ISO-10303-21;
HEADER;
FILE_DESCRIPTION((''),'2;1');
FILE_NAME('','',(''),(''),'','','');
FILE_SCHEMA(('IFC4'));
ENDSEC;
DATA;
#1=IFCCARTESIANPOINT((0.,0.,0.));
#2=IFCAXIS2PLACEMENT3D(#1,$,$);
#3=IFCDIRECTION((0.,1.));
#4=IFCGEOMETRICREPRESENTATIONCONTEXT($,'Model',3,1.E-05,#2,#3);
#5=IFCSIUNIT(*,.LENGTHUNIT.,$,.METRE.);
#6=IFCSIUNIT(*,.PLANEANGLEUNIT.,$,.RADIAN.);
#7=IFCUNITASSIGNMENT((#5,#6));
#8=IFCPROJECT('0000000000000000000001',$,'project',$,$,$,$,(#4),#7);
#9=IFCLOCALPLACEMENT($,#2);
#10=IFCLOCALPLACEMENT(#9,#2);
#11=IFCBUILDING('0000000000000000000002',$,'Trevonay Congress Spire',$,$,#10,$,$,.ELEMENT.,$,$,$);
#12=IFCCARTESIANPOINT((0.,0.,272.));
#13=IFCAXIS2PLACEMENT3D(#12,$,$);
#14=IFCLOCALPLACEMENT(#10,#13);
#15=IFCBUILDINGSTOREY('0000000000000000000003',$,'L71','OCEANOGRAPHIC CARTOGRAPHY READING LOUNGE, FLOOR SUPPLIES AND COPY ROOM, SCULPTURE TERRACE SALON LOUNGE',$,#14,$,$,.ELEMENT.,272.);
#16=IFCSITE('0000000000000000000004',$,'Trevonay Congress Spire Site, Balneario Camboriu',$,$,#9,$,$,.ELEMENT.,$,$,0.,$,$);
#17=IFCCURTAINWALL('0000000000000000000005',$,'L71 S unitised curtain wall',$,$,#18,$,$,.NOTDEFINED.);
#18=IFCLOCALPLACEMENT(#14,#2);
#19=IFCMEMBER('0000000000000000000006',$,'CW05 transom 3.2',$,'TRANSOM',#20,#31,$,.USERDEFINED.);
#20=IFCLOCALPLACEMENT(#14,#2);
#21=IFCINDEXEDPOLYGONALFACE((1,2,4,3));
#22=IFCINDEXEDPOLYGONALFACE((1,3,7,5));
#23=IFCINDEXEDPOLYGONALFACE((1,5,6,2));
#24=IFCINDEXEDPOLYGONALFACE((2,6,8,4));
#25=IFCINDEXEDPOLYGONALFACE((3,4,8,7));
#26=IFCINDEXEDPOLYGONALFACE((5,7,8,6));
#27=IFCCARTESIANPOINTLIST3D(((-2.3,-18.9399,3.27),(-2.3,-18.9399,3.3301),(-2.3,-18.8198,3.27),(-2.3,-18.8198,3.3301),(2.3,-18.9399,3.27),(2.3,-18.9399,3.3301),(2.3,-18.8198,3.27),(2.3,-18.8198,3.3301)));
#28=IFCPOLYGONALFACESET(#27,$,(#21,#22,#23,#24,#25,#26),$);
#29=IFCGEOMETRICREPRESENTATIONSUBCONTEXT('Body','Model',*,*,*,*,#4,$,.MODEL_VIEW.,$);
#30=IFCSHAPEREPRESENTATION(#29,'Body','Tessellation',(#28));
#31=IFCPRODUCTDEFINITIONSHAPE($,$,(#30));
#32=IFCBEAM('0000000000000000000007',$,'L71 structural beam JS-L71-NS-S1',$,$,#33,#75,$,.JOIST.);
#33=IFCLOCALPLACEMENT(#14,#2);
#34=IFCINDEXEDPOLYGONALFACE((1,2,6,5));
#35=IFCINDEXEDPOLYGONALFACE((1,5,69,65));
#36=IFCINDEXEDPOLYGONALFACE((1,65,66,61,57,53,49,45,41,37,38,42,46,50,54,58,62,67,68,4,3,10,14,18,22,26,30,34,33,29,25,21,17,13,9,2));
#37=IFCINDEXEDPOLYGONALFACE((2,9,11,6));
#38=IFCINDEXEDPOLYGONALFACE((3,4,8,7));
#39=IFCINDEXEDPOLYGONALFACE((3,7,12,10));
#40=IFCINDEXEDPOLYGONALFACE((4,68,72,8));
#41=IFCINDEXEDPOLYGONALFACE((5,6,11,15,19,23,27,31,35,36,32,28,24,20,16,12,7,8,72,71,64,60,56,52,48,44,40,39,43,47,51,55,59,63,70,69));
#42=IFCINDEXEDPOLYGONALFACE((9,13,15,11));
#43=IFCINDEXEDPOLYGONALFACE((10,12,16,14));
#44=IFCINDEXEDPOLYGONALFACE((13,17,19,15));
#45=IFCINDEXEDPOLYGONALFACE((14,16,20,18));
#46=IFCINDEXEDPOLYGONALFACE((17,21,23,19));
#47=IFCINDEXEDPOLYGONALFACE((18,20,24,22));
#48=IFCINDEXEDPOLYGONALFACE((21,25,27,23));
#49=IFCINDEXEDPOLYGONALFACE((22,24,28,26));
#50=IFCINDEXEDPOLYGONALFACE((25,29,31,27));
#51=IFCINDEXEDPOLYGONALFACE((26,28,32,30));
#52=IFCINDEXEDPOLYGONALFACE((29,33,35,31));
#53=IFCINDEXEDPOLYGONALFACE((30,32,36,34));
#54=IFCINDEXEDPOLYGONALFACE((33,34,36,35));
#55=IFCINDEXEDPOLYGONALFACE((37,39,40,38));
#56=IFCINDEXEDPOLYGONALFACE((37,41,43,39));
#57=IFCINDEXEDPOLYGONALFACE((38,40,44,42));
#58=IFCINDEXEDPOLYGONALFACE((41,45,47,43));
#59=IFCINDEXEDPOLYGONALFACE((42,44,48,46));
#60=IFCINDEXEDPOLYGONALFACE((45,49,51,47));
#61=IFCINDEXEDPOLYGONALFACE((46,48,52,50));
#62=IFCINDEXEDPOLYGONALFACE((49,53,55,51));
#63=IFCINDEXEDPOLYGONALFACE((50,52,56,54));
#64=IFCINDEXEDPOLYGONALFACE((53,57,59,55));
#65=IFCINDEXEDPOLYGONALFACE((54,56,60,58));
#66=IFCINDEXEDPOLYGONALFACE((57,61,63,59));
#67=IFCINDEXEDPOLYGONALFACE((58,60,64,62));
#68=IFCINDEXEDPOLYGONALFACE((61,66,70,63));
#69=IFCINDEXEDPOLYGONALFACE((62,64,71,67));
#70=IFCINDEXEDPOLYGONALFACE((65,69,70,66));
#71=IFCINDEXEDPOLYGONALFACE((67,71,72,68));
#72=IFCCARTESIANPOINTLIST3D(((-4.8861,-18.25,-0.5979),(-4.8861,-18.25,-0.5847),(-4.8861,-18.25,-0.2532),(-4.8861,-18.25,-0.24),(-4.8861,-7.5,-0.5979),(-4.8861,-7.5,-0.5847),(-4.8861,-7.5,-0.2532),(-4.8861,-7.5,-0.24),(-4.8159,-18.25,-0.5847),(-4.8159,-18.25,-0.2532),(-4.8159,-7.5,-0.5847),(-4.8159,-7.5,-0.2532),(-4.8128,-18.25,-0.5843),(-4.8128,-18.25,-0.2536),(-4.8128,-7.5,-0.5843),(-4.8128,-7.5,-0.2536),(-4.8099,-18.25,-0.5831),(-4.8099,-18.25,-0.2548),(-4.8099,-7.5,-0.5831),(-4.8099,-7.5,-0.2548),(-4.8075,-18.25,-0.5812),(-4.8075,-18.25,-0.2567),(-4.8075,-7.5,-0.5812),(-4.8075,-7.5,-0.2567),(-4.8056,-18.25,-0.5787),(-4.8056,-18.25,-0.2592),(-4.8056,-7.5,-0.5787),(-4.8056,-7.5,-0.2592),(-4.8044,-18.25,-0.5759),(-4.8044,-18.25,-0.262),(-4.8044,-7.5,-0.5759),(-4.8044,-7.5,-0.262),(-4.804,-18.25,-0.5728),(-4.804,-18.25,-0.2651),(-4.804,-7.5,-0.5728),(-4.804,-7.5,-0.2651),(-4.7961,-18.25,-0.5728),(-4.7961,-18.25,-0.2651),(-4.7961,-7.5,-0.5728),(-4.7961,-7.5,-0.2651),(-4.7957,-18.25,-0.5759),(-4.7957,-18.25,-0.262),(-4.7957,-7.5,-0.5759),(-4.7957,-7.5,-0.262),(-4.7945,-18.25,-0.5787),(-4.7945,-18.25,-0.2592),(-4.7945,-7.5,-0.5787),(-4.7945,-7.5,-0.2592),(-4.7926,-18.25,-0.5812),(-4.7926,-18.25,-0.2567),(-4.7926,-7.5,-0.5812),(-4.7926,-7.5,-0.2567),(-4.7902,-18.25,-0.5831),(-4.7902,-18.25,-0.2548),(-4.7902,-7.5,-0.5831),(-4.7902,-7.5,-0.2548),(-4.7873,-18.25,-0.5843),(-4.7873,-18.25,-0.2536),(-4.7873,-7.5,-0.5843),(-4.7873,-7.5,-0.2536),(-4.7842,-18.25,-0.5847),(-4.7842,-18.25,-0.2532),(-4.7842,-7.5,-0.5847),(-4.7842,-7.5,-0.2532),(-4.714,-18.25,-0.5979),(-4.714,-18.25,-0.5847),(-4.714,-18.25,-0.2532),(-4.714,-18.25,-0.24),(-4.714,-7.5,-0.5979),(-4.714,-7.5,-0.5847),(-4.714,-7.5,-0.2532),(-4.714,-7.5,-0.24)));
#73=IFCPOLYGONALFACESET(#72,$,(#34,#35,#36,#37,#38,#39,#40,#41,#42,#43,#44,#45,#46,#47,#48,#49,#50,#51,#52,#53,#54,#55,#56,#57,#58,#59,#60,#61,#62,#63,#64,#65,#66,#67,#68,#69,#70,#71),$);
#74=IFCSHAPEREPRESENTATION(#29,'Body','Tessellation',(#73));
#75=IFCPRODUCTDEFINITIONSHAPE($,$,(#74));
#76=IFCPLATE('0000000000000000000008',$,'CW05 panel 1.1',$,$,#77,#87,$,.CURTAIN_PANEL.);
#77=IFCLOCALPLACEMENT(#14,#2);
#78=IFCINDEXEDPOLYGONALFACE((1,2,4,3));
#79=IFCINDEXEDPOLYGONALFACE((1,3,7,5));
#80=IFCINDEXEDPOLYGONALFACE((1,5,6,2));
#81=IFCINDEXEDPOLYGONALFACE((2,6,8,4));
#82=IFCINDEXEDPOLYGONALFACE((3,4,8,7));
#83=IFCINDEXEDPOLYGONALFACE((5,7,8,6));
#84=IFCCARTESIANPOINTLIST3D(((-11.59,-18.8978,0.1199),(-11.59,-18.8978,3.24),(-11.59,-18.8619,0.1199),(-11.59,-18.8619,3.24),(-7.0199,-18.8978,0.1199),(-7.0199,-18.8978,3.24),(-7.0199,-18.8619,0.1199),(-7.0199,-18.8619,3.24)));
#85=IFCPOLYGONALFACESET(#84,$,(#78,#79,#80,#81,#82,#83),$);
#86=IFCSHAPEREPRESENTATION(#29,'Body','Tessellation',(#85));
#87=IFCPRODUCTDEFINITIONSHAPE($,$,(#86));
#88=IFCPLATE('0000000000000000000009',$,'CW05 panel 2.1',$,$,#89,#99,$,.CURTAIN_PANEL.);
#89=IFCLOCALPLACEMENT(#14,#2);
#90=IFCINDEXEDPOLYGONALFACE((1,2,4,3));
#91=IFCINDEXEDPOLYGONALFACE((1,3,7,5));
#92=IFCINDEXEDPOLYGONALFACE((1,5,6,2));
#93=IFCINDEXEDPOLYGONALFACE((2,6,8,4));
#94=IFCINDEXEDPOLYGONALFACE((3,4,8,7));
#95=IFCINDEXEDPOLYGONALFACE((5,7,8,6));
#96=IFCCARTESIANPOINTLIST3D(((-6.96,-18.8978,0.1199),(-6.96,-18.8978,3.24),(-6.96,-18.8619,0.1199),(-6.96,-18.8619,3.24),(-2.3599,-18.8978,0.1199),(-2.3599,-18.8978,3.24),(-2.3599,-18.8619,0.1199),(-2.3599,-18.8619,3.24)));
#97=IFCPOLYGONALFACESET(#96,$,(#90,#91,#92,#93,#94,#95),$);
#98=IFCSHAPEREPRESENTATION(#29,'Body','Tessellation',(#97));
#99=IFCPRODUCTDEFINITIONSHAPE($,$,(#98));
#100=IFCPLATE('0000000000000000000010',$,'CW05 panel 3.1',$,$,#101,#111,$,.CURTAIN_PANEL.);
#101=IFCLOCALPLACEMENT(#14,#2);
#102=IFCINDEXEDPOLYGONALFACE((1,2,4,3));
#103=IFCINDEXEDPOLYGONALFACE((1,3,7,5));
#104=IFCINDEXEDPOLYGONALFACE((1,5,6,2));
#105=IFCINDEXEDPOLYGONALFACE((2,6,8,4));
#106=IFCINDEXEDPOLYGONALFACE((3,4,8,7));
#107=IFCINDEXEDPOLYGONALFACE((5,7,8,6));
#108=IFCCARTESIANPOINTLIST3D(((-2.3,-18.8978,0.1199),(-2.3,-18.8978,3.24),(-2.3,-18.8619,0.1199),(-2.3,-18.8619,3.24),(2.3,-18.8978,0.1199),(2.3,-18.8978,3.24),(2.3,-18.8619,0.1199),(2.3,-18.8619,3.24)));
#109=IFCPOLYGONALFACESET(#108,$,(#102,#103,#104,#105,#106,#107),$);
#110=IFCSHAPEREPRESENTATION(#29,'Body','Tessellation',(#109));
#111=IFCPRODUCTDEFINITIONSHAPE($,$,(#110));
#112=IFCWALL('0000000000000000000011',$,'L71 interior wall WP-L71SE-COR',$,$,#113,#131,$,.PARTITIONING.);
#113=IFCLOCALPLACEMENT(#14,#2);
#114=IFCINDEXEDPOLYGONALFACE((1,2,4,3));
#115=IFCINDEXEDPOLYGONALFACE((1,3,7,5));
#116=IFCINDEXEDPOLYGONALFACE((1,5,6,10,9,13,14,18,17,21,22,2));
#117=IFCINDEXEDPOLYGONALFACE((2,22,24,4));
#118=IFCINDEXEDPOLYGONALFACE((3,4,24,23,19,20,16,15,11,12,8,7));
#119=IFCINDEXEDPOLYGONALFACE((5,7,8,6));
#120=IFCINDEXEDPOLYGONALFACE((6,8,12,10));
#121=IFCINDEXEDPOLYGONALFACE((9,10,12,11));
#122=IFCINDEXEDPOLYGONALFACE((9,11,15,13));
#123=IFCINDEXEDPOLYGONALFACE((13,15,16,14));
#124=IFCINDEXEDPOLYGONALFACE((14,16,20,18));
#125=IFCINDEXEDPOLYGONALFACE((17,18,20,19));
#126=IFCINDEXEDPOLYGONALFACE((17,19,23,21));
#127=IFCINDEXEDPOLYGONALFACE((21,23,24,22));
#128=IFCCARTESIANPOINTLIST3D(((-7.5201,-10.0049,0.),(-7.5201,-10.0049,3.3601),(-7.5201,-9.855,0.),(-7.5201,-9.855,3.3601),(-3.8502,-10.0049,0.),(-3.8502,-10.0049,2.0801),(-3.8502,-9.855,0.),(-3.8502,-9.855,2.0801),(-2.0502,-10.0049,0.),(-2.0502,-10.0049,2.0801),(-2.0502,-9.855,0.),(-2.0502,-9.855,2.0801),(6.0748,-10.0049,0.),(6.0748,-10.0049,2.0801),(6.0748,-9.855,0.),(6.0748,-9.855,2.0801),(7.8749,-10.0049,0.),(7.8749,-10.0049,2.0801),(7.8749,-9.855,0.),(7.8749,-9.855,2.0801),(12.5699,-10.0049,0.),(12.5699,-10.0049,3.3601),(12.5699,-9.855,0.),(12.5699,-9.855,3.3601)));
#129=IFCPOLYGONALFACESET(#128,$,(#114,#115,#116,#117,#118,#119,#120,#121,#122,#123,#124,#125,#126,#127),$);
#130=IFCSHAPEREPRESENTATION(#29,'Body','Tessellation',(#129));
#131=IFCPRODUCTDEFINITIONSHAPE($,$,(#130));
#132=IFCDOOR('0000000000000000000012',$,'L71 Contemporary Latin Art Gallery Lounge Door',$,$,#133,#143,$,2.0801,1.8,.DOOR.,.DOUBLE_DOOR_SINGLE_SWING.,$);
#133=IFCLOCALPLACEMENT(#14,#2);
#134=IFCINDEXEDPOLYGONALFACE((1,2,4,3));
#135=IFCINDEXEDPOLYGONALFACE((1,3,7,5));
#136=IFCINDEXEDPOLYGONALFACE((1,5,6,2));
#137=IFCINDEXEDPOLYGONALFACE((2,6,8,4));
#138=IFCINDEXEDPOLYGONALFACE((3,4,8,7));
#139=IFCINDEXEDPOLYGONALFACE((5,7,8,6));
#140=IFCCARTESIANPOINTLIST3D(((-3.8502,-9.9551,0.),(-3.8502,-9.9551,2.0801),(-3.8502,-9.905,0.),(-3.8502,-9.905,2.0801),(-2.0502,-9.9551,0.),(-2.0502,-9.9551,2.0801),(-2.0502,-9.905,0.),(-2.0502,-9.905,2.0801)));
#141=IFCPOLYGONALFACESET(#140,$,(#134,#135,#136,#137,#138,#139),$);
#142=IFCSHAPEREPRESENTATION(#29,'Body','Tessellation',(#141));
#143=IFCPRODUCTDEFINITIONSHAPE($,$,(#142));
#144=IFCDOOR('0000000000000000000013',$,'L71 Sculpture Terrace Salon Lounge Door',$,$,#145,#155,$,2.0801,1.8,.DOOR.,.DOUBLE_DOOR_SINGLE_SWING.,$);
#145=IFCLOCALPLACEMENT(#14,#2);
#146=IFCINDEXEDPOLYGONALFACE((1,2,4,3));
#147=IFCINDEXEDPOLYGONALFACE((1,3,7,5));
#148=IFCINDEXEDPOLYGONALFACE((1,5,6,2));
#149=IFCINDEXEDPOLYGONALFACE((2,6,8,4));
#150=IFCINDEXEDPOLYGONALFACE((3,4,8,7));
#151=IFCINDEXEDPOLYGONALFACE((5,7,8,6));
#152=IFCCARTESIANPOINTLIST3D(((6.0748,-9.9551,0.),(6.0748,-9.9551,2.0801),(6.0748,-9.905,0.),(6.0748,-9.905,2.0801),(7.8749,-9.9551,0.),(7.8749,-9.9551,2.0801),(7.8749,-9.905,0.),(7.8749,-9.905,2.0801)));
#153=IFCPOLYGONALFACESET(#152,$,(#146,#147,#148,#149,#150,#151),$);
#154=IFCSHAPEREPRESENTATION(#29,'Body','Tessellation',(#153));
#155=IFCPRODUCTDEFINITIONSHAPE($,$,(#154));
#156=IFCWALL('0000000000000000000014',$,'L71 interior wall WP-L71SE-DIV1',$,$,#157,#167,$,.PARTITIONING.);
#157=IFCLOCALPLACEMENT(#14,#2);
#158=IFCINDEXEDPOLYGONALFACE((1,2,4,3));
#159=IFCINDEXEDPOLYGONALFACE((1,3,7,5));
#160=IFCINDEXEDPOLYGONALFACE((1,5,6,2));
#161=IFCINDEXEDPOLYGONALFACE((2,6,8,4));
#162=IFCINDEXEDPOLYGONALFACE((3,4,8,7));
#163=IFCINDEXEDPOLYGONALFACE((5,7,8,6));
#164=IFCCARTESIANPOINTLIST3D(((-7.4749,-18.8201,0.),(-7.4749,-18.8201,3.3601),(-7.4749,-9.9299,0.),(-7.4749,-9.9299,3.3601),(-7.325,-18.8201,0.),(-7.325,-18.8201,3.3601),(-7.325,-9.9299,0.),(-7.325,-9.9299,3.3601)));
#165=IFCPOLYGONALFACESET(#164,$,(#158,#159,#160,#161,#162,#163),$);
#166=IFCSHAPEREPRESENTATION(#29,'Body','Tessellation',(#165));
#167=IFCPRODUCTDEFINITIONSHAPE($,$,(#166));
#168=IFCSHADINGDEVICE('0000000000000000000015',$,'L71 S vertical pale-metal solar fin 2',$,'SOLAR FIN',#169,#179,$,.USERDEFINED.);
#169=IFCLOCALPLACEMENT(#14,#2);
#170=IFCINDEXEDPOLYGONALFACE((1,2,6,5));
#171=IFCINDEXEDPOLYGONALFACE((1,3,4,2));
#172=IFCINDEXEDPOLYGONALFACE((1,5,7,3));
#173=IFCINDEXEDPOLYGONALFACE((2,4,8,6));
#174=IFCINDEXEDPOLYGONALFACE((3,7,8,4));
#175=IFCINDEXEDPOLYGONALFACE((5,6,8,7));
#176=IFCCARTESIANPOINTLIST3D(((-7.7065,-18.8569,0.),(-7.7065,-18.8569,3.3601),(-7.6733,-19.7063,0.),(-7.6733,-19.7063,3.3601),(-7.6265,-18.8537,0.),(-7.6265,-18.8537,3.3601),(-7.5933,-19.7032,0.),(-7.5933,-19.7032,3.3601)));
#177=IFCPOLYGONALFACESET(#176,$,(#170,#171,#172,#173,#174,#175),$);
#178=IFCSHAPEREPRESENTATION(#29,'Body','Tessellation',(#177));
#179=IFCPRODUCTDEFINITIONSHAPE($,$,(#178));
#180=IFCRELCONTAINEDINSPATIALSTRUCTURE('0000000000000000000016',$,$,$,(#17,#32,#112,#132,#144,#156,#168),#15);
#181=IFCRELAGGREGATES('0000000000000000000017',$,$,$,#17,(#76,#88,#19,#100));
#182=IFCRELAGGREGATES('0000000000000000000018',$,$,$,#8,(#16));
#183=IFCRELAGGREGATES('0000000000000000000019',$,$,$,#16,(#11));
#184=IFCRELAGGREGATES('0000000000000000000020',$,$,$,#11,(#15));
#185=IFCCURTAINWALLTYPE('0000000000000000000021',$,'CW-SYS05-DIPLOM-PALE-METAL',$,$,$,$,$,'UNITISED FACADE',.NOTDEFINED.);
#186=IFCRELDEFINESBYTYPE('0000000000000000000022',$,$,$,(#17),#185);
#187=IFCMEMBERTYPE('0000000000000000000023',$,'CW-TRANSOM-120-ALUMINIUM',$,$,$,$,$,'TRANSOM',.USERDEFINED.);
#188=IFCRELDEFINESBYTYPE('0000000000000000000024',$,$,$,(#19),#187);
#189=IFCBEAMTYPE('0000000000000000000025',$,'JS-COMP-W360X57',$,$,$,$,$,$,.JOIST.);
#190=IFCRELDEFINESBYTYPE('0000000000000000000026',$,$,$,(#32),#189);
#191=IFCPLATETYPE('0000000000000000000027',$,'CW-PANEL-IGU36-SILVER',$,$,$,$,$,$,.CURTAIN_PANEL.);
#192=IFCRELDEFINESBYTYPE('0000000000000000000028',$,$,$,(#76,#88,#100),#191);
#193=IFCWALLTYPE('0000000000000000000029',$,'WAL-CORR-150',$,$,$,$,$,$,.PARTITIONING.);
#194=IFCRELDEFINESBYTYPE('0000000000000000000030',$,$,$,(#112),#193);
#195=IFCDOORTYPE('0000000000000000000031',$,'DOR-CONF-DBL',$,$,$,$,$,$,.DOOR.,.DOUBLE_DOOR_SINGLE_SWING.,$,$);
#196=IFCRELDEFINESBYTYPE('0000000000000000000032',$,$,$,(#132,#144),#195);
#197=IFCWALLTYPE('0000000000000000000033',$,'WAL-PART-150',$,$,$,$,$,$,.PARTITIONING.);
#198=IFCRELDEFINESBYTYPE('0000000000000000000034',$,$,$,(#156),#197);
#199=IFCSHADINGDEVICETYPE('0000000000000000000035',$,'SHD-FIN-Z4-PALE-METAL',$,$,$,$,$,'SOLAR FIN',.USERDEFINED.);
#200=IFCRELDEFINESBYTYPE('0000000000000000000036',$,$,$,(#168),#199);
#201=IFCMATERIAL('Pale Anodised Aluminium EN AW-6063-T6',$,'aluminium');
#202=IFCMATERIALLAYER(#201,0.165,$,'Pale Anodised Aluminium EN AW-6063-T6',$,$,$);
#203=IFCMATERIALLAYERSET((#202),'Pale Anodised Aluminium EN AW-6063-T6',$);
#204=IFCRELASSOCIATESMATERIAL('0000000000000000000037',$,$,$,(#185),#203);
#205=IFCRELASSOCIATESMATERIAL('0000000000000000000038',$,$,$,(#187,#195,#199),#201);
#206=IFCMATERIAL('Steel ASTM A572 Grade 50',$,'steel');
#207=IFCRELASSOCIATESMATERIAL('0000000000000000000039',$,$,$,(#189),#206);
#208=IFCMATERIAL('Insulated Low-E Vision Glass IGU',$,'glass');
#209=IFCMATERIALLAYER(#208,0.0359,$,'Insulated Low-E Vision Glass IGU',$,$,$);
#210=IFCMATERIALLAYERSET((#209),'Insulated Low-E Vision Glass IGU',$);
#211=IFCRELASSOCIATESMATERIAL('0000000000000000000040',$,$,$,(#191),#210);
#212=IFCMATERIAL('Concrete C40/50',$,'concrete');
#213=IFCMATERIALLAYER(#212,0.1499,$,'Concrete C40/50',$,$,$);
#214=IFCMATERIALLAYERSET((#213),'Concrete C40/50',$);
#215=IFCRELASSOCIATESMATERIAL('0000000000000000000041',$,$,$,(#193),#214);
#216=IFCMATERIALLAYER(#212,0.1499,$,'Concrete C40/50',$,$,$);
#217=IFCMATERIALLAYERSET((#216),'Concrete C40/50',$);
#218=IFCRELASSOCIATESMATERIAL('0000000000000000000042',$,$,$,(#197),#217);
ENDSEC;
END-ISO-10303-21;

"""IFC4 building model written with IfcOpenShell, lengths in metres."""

from ifc_helpers import new_model, si_unit, direction, frame, frame_2d, origin, origin_2d, place, context, subcontext, project, spatial, rectangle, i_section, extrude, material, layer, layer_set, material_profile, profile_set, type_object, element, fill, aggregate, save


model = new_model("IFC4")

# Units and contexts
model_context = context("Model", 3, precision=1e-05, world=origin(), true_north=direction((0.0, 1.0)))
body_context = subcontext(model_context, "Body", "Model", "MODEL_VIEW")
ifc_project = project(units=[si_unit("LENGTHUNIT", "METRE"), si_unit("PLANEANGLEUNIT", "RADIAN")], contexts=[model_context])

# Site, building, storey
site_placement = place(None, origin())
site = spatial("IfcSite", under=ifc_project, at=site_placement, Name="Trevonay Congress Spire Site, Balneario Camboriu", CompositionType="ELEMENT", RefElevation=0.0)
building_placement = place(site_placement, origin())
building = spatial("IfcBuilding", under=site, at=building_placement, Name="Trevonay Congress Spire", CompositionType="ELEMENT")
storey_placement = place(building_placement, frame((0.0, 0.0, 272.0)))
storey = spatial("IfcBuildingStorey", under=building, at=storey_placement, Name="L71", Description="OCEANOGRAPHIC CARTOGRAPHY READING LOUNGE, FLOOR SUPPLIES AND COPY ROOM, SCULPTURE TERRACE SALON LOUNGE", CompositionType="ELEMENT", Elevation=272.0)

# Shared definitions
ifc_material_1 = material(Name="Steel ASTM A572 Grade 50", Category="steel")

# Curtain wall, member
ifc_material_2 = material(Name="Pale Anodised Aluminium EN AW-6063-T6", Category="aluminium")
ifc_layer_1 = layer(ifc_material_2, 0.165, Name="Pale Anodised Aluminium EN AW-6063-T6")
ifc_layer_set_1 = layer_set([ifc_layer_1], Name="Pale Anodised Aluminium EN AW-6063-T6")
curtain_wall_type = type_object("IfcCurtainWallType", Name="CW-SYS05-DIPLOM-PALE-METAL", ElementType="UNITISED FACADE", PredefinedType="NOTDEFINED", material=ifc_layer_set_1)
curtain_wall_placement = place(storey_placement, origin())
curtain_wall = element("IfcCurtainWall", 1, at=curtain_wall_placement, inside=storey, type_object=curtain_wall_type, Name="L71 S unitised curtain wall", PredefinedType="NOTDEFINED")
ifc_material_profile_1 = material_profile(ifc_material_2, rectangle(XDim=0.1201, YDim=0.0601, at=origin_2d()), Name="CW-TRANSOM-120-ALUMINIUM")
ifc_profile_set_1 = profile_set([ifc_material_profile_1], Name="Pale Anodised Aluminium EN AW-6063-T6")
member_type_1 = type_object("IfcMemberType", Name="CW-TRANSOM-120-ALUMINIUM", ElementType="TRANSOM", PredefinedType="USERDEFINED", material=ifc_profile_set_1)
member_1_placement = place(storey_placement, frame((-2.3, -18.8799, 3.3), z_axis=(1.0, 0.0, 0.0), x_axis=(0.0, 1.0, 0.0)))
member_1 = element("IfcMember", 2, at=member_1_placement, type_object=member_type_1, Name="CW05 transom 3.2", ObjectType="TRANSOM", PredefinedType="USERDEFINED", context=body_context, shape_type="SweptSolid", body=[
    extrude(rectangle(XDim=0.1201, YDim=0.0601, at=origin_2d()), origin(), (0.0, 0.0, 1.0), 4.6001),
])

# Beam
ifc_material_profile_2 = material_profile(ifc_material_1, i_section(OverallWidth=0.1721, OverallDepth=0.3579, WebThickness=0.0078, FlangeThickness=0.0132, FilletRadius=0.012, at=origin_2d()), Name="W360x57.8")
ifc_profile_set_2 = profile_set([ifc_material_profile_2], Name="Steel ASTM A572 Grade 50")
beam_type_1 = type_object("IfcBeamType", Name="JS-COMP-W360X57", PredefinedType="JOIST", material=ifc_profile_set_2)
beam_placement = place(storey_placement, frame((-4.8, -18.25, -0.4189), z_axis=(0.0, 1.0, 0.0), x_axis=(-1.0, 0.0, 0.0)))
element("IfcBeam", 3, at=beam_placement, inside=storey, type_object=beam_type_1, Name="L71 structural beam JS-L71-NS-S1", PredefinedType="JOIST", context=body_context, shape_type="SweptSolid", body=[
    extrude(i_section(OverallWidth=0.1721, OverallDepth=0.3579, WebThickness=0.0078, FlangeThickness=0.0132, FilletRadius=0.012, at=origin_2d()), origin(), (0.0, 0.0, 1.0), 10.75),
])

# Plates
ifc_material_3 = material(Name="Insulated Low-E Vision Glass IGU", Category="glass")
ifc_layer_2 = layer(ifc_material_3, 0.0359, Name="Insulated Low-E Vision Glass IGU")
ifc_layer_set_2 = layer_set([ifc_layer_2], Name="Insulated Low-E Vision Glass IGU")
plate_type = type_object("IfcPlateType", Name="CW-PANEL-IGU36-SILVER", PredefinedType="CURTAIN_PANEL", material=ifc_layer_set_2)
plate_1_placement = place(storey_placement, frame((-9.3049, -18.8799, 0.1199), z_axis=(0.0, 0.0, 1.0), x_axis=(1.0, 0.0, 0.0)))
plate_1 = element("IfcPlate", 4, at=plate_1_placement, type_object=plate_type, Name="CW05 panel 1.1", PredefinedType="CURTAIN_PANEL", context=body_context, shape_type="SweptSolid", body=[
    extrude(rectangle(XDim=4.5701, YDim=0.0359, at=origin_2d()), origin(), (0.0, 0.0, 1.0), 3.1201),
])
plate_2_placement = place(storey_placement, frame((-4.6599, -18.8799, 0.1199), z_axis=(0.0, 0.0, 1.0), x_axis=(1.0, 0.0, 0.0)))
plate_2 = element("IfcPlate", 5, at=plate_2_placement, type_object=plate_type, Name="CW05 panel 2.1", PredefinedType="CURTAIN_PANEL", context=body_context, shape_type="SweptSolid", body=[
    extrude(rectangle(XDim=4.6001, YDim=0.0359, at=origin_2d()), origin(), (0.0, 0.0, 1.0), 3.1201),
])
plate_3_placement = place(storey_placement, frame((0.0, -18.8799, 0.1199), z_axis=(0.0, 0.0, 1.0), x_axis=(1.0, 0.0, 0.0)))
plate_3 = element("IfcPlate", 6, at=plate_3_placement, type_object=plate_type, Name="CW05 panel 3.1", PredefinedType="CURTAIN_PANEL", context=body_context, shape_type="SweptSolid", body=[
    extrude(rectangle(XDim=4.6001, YDim=0.0359, at=origin_2d()), origin(), (0.0, 0.0, 1.0), 3.1201),
])
aggregate(curtain_wall, [plate_1, plate_2, member_1, plate_3])

# Wall, openings, doors
ifc_material_4 = material(Name="Concrete C40/50", Category="concrete")
ifc_layer_3 = layer(ifc_material_4, 0.1499, Name="Concrete C40/50")
ifc_layer_set_3 = layer_set([ifc_layer_3], Name="Concrete C40/50")
wall_type_1 = type_object("IfcWallType", Name="WAL-CORR-150", PredefinedType="PARTITIONING", material=ifc_layer_set_3)
wall_1_placement = place(storey_placement, frame((-7.52, -9.9299, 0.0), z_axis=(0.0, 0.0, 1.0), x_axis=(1.0, 0.0, 0.0)))
wall_1 = element("IfcWall", 7, at=wall_1_placement, inside=storey, type_object=wall_type_1, Name="L71 interior wall WP-L71SE-COR", PredefinedType="PARTITIONING", context=body_context, shape_type="SweptSolid", body=[
    extrude(rectangle(XDim=20.0901, YDim=0.1499, at=frame_2d((10.0449, 0.0))), origin(), (0.0, 0.0, 1.0), 3.3601),
])
opening_1_placement = place(wall_1_placement, frame((3.6699, 0.0, 0.0)))
opening_1 = element("IfcOpeningElement", 8, at=opening_1_placement, cuts=wall_1, PredefinedType="OPENING", context=body_context, shape_type="SweptSolid", body=[
    extrude(rectangle(XDim=1.8, YDim=2.0801, at=frame_2d((0.8999, 1.04))), frame((0.0, 0.085, 0.0), z_axis=(0.0, -1.0, 0.0), x_axis=(1.0, 0.0, 0.0)), (0.0, 0.0, 1.0), 0.1699),
])
opening_2_placement = place(wall_1_placement, frame((13.595, 0.0, 0.0)))
opening_2 = element("IfcOpeningElement", 9, at=opening_2_placement, cuts=wall_1, PredefinedType="OPENING", context=body_context, shape_type="SweptSolid", body=[
    extrude(rectangle(XDim=1.8, YDim=2.0801, at=frame_2d((0.8999, 1.04))), frame((0.0, 0.085, 0.0), z_axis=(0.0, -1.0, 0.0), x_axis=(1.0, 0.0, 0.0)), (0.0, 0.0, 1.0), 0.1699),
])
door_type = type_object("IfcDoorType", Name="DOR-CONF-DBL", OperationType="DOUBLE_DOOR_SINGLE_SWING", PredefinedType="DOOR", material=ifc_material_2)
door_1_placement = place(opening_1_placement, origin())
door_1 = element("IfcDoor", 10, at=door_1_placement, inside=storey, type_object=door_type, Name="L71 Contemporary Latin Art Gallery Lounge Door", OperationType="DOUBLE_DOOR_SINGLE_SWING", OverallHeight=2.0801, OverallWidth=1.8, PredefinedType="DOOR", context=body_context, shape_type="SweptSolid", body=[
    extrude(rectangle(XDim=1.8, YDim=2.0801, at=frame_2d((0.8999, 1.04))), frame((0.0, 0.0249, 0.0), z_axis=(0.0, -1.0, 0.0), x_axis=(1.0, 0.0, 0.0)), (0.0, 0.0, 1.0), 0.05),
])
fill(opening_1, door_1)
door_2_placement = place(opening_2_placement, origin())
door_2 = element("IfcDoor", 11, at=door_2_placement, inside=storey, type_object=door_type, Name="L71 Sculpture Terrace Salon Lounge Door", OperationType="DOUBLE_DOOR_SINGLE_SWING", OverallHeight=2.0801, OverallWidth=1.8, PredefinedType="DOOR", context=body_context, shape_type="SweptSolid", body=[
    extrude(rectangle(XDim=1.8, YDim=2.0801, at=frame_2d((0.8999, 1.04))), frame((0.0, 0.0249, 0.0), z_axis=(0.0, -1.0, 0.0), x_axis=(1.0, 0.0, 0.0)), (0.0, 0.0, 1.0), 0.05),
])
fill(opening_2, door_2)

# Wall
ifc_layer_4 = layer(ifc_material_4, 0.1499, Name="Concrete C40/50")
ifc_layer_set_4 = layer_set([ifc_layer_4], Name="Concrete C40/50")
wall_type_2 = type_object("IfcWallType", Name="WAL-PART-150", PredefinedType="PARTITIONING", material=ifc_layer_set_4)
wall_2_placement = place(storey_placement, frame((-7.3999, -18.8201, 0.0), z_axis=(0.0, 0.0, 1.0), x_axis=(0.0, 1.0, 0.0)))
element("IfcWall", 12, at=wall_2_placement, inside=storey, type_object=wall_type_2, Name="L71 interior wall WP-L71SE-DIV1", PredefinedType="PARTITIONING", context=body_context, shape_type="SweptSolid", body=[
    extrude(rectangle(XDim=8.8901, YDim=0.1499, at=frame_2d((4.4451, 0.0))), origin(), (0.0, 0.0, 1.0), 3.3601),
])

# Shading device
shading_device_type = type_object("IfcShadingDeviceType", Name="SHD-FIN-Z4-PALE-METAL", ElementType="SOLAR FIN", PredefinedType="USERDEFINED", material=ifc_material_2)
for number, where, z_axis, x_axis, name in (
    (13, (-7.6499, -19.28, 0.0), (0.0, 0.0, 1.0), (0.999236, 0.039085, 0.0), "L71 S vertical pale-metal solar fin 2"),
):
    element("IfcShadingDevice", number, at=place(storey_placement, frame(where, z_axis=z_axis, x_axis=x_axis)), inside=storey, type_object=shading_device_type, Name=name, ObjectType="SOLAR FIN", PredefinedType="USERDEFINED", context=body_context, shape_type="SweptSolid", body=[
        extrude(rectangle(XDim=0.0801, YDim=0.8501, at=origin_2d()), origin(), (0.0, 0.0, 1.0), 3.3601),
    ])

save(model, "model.ifc")
